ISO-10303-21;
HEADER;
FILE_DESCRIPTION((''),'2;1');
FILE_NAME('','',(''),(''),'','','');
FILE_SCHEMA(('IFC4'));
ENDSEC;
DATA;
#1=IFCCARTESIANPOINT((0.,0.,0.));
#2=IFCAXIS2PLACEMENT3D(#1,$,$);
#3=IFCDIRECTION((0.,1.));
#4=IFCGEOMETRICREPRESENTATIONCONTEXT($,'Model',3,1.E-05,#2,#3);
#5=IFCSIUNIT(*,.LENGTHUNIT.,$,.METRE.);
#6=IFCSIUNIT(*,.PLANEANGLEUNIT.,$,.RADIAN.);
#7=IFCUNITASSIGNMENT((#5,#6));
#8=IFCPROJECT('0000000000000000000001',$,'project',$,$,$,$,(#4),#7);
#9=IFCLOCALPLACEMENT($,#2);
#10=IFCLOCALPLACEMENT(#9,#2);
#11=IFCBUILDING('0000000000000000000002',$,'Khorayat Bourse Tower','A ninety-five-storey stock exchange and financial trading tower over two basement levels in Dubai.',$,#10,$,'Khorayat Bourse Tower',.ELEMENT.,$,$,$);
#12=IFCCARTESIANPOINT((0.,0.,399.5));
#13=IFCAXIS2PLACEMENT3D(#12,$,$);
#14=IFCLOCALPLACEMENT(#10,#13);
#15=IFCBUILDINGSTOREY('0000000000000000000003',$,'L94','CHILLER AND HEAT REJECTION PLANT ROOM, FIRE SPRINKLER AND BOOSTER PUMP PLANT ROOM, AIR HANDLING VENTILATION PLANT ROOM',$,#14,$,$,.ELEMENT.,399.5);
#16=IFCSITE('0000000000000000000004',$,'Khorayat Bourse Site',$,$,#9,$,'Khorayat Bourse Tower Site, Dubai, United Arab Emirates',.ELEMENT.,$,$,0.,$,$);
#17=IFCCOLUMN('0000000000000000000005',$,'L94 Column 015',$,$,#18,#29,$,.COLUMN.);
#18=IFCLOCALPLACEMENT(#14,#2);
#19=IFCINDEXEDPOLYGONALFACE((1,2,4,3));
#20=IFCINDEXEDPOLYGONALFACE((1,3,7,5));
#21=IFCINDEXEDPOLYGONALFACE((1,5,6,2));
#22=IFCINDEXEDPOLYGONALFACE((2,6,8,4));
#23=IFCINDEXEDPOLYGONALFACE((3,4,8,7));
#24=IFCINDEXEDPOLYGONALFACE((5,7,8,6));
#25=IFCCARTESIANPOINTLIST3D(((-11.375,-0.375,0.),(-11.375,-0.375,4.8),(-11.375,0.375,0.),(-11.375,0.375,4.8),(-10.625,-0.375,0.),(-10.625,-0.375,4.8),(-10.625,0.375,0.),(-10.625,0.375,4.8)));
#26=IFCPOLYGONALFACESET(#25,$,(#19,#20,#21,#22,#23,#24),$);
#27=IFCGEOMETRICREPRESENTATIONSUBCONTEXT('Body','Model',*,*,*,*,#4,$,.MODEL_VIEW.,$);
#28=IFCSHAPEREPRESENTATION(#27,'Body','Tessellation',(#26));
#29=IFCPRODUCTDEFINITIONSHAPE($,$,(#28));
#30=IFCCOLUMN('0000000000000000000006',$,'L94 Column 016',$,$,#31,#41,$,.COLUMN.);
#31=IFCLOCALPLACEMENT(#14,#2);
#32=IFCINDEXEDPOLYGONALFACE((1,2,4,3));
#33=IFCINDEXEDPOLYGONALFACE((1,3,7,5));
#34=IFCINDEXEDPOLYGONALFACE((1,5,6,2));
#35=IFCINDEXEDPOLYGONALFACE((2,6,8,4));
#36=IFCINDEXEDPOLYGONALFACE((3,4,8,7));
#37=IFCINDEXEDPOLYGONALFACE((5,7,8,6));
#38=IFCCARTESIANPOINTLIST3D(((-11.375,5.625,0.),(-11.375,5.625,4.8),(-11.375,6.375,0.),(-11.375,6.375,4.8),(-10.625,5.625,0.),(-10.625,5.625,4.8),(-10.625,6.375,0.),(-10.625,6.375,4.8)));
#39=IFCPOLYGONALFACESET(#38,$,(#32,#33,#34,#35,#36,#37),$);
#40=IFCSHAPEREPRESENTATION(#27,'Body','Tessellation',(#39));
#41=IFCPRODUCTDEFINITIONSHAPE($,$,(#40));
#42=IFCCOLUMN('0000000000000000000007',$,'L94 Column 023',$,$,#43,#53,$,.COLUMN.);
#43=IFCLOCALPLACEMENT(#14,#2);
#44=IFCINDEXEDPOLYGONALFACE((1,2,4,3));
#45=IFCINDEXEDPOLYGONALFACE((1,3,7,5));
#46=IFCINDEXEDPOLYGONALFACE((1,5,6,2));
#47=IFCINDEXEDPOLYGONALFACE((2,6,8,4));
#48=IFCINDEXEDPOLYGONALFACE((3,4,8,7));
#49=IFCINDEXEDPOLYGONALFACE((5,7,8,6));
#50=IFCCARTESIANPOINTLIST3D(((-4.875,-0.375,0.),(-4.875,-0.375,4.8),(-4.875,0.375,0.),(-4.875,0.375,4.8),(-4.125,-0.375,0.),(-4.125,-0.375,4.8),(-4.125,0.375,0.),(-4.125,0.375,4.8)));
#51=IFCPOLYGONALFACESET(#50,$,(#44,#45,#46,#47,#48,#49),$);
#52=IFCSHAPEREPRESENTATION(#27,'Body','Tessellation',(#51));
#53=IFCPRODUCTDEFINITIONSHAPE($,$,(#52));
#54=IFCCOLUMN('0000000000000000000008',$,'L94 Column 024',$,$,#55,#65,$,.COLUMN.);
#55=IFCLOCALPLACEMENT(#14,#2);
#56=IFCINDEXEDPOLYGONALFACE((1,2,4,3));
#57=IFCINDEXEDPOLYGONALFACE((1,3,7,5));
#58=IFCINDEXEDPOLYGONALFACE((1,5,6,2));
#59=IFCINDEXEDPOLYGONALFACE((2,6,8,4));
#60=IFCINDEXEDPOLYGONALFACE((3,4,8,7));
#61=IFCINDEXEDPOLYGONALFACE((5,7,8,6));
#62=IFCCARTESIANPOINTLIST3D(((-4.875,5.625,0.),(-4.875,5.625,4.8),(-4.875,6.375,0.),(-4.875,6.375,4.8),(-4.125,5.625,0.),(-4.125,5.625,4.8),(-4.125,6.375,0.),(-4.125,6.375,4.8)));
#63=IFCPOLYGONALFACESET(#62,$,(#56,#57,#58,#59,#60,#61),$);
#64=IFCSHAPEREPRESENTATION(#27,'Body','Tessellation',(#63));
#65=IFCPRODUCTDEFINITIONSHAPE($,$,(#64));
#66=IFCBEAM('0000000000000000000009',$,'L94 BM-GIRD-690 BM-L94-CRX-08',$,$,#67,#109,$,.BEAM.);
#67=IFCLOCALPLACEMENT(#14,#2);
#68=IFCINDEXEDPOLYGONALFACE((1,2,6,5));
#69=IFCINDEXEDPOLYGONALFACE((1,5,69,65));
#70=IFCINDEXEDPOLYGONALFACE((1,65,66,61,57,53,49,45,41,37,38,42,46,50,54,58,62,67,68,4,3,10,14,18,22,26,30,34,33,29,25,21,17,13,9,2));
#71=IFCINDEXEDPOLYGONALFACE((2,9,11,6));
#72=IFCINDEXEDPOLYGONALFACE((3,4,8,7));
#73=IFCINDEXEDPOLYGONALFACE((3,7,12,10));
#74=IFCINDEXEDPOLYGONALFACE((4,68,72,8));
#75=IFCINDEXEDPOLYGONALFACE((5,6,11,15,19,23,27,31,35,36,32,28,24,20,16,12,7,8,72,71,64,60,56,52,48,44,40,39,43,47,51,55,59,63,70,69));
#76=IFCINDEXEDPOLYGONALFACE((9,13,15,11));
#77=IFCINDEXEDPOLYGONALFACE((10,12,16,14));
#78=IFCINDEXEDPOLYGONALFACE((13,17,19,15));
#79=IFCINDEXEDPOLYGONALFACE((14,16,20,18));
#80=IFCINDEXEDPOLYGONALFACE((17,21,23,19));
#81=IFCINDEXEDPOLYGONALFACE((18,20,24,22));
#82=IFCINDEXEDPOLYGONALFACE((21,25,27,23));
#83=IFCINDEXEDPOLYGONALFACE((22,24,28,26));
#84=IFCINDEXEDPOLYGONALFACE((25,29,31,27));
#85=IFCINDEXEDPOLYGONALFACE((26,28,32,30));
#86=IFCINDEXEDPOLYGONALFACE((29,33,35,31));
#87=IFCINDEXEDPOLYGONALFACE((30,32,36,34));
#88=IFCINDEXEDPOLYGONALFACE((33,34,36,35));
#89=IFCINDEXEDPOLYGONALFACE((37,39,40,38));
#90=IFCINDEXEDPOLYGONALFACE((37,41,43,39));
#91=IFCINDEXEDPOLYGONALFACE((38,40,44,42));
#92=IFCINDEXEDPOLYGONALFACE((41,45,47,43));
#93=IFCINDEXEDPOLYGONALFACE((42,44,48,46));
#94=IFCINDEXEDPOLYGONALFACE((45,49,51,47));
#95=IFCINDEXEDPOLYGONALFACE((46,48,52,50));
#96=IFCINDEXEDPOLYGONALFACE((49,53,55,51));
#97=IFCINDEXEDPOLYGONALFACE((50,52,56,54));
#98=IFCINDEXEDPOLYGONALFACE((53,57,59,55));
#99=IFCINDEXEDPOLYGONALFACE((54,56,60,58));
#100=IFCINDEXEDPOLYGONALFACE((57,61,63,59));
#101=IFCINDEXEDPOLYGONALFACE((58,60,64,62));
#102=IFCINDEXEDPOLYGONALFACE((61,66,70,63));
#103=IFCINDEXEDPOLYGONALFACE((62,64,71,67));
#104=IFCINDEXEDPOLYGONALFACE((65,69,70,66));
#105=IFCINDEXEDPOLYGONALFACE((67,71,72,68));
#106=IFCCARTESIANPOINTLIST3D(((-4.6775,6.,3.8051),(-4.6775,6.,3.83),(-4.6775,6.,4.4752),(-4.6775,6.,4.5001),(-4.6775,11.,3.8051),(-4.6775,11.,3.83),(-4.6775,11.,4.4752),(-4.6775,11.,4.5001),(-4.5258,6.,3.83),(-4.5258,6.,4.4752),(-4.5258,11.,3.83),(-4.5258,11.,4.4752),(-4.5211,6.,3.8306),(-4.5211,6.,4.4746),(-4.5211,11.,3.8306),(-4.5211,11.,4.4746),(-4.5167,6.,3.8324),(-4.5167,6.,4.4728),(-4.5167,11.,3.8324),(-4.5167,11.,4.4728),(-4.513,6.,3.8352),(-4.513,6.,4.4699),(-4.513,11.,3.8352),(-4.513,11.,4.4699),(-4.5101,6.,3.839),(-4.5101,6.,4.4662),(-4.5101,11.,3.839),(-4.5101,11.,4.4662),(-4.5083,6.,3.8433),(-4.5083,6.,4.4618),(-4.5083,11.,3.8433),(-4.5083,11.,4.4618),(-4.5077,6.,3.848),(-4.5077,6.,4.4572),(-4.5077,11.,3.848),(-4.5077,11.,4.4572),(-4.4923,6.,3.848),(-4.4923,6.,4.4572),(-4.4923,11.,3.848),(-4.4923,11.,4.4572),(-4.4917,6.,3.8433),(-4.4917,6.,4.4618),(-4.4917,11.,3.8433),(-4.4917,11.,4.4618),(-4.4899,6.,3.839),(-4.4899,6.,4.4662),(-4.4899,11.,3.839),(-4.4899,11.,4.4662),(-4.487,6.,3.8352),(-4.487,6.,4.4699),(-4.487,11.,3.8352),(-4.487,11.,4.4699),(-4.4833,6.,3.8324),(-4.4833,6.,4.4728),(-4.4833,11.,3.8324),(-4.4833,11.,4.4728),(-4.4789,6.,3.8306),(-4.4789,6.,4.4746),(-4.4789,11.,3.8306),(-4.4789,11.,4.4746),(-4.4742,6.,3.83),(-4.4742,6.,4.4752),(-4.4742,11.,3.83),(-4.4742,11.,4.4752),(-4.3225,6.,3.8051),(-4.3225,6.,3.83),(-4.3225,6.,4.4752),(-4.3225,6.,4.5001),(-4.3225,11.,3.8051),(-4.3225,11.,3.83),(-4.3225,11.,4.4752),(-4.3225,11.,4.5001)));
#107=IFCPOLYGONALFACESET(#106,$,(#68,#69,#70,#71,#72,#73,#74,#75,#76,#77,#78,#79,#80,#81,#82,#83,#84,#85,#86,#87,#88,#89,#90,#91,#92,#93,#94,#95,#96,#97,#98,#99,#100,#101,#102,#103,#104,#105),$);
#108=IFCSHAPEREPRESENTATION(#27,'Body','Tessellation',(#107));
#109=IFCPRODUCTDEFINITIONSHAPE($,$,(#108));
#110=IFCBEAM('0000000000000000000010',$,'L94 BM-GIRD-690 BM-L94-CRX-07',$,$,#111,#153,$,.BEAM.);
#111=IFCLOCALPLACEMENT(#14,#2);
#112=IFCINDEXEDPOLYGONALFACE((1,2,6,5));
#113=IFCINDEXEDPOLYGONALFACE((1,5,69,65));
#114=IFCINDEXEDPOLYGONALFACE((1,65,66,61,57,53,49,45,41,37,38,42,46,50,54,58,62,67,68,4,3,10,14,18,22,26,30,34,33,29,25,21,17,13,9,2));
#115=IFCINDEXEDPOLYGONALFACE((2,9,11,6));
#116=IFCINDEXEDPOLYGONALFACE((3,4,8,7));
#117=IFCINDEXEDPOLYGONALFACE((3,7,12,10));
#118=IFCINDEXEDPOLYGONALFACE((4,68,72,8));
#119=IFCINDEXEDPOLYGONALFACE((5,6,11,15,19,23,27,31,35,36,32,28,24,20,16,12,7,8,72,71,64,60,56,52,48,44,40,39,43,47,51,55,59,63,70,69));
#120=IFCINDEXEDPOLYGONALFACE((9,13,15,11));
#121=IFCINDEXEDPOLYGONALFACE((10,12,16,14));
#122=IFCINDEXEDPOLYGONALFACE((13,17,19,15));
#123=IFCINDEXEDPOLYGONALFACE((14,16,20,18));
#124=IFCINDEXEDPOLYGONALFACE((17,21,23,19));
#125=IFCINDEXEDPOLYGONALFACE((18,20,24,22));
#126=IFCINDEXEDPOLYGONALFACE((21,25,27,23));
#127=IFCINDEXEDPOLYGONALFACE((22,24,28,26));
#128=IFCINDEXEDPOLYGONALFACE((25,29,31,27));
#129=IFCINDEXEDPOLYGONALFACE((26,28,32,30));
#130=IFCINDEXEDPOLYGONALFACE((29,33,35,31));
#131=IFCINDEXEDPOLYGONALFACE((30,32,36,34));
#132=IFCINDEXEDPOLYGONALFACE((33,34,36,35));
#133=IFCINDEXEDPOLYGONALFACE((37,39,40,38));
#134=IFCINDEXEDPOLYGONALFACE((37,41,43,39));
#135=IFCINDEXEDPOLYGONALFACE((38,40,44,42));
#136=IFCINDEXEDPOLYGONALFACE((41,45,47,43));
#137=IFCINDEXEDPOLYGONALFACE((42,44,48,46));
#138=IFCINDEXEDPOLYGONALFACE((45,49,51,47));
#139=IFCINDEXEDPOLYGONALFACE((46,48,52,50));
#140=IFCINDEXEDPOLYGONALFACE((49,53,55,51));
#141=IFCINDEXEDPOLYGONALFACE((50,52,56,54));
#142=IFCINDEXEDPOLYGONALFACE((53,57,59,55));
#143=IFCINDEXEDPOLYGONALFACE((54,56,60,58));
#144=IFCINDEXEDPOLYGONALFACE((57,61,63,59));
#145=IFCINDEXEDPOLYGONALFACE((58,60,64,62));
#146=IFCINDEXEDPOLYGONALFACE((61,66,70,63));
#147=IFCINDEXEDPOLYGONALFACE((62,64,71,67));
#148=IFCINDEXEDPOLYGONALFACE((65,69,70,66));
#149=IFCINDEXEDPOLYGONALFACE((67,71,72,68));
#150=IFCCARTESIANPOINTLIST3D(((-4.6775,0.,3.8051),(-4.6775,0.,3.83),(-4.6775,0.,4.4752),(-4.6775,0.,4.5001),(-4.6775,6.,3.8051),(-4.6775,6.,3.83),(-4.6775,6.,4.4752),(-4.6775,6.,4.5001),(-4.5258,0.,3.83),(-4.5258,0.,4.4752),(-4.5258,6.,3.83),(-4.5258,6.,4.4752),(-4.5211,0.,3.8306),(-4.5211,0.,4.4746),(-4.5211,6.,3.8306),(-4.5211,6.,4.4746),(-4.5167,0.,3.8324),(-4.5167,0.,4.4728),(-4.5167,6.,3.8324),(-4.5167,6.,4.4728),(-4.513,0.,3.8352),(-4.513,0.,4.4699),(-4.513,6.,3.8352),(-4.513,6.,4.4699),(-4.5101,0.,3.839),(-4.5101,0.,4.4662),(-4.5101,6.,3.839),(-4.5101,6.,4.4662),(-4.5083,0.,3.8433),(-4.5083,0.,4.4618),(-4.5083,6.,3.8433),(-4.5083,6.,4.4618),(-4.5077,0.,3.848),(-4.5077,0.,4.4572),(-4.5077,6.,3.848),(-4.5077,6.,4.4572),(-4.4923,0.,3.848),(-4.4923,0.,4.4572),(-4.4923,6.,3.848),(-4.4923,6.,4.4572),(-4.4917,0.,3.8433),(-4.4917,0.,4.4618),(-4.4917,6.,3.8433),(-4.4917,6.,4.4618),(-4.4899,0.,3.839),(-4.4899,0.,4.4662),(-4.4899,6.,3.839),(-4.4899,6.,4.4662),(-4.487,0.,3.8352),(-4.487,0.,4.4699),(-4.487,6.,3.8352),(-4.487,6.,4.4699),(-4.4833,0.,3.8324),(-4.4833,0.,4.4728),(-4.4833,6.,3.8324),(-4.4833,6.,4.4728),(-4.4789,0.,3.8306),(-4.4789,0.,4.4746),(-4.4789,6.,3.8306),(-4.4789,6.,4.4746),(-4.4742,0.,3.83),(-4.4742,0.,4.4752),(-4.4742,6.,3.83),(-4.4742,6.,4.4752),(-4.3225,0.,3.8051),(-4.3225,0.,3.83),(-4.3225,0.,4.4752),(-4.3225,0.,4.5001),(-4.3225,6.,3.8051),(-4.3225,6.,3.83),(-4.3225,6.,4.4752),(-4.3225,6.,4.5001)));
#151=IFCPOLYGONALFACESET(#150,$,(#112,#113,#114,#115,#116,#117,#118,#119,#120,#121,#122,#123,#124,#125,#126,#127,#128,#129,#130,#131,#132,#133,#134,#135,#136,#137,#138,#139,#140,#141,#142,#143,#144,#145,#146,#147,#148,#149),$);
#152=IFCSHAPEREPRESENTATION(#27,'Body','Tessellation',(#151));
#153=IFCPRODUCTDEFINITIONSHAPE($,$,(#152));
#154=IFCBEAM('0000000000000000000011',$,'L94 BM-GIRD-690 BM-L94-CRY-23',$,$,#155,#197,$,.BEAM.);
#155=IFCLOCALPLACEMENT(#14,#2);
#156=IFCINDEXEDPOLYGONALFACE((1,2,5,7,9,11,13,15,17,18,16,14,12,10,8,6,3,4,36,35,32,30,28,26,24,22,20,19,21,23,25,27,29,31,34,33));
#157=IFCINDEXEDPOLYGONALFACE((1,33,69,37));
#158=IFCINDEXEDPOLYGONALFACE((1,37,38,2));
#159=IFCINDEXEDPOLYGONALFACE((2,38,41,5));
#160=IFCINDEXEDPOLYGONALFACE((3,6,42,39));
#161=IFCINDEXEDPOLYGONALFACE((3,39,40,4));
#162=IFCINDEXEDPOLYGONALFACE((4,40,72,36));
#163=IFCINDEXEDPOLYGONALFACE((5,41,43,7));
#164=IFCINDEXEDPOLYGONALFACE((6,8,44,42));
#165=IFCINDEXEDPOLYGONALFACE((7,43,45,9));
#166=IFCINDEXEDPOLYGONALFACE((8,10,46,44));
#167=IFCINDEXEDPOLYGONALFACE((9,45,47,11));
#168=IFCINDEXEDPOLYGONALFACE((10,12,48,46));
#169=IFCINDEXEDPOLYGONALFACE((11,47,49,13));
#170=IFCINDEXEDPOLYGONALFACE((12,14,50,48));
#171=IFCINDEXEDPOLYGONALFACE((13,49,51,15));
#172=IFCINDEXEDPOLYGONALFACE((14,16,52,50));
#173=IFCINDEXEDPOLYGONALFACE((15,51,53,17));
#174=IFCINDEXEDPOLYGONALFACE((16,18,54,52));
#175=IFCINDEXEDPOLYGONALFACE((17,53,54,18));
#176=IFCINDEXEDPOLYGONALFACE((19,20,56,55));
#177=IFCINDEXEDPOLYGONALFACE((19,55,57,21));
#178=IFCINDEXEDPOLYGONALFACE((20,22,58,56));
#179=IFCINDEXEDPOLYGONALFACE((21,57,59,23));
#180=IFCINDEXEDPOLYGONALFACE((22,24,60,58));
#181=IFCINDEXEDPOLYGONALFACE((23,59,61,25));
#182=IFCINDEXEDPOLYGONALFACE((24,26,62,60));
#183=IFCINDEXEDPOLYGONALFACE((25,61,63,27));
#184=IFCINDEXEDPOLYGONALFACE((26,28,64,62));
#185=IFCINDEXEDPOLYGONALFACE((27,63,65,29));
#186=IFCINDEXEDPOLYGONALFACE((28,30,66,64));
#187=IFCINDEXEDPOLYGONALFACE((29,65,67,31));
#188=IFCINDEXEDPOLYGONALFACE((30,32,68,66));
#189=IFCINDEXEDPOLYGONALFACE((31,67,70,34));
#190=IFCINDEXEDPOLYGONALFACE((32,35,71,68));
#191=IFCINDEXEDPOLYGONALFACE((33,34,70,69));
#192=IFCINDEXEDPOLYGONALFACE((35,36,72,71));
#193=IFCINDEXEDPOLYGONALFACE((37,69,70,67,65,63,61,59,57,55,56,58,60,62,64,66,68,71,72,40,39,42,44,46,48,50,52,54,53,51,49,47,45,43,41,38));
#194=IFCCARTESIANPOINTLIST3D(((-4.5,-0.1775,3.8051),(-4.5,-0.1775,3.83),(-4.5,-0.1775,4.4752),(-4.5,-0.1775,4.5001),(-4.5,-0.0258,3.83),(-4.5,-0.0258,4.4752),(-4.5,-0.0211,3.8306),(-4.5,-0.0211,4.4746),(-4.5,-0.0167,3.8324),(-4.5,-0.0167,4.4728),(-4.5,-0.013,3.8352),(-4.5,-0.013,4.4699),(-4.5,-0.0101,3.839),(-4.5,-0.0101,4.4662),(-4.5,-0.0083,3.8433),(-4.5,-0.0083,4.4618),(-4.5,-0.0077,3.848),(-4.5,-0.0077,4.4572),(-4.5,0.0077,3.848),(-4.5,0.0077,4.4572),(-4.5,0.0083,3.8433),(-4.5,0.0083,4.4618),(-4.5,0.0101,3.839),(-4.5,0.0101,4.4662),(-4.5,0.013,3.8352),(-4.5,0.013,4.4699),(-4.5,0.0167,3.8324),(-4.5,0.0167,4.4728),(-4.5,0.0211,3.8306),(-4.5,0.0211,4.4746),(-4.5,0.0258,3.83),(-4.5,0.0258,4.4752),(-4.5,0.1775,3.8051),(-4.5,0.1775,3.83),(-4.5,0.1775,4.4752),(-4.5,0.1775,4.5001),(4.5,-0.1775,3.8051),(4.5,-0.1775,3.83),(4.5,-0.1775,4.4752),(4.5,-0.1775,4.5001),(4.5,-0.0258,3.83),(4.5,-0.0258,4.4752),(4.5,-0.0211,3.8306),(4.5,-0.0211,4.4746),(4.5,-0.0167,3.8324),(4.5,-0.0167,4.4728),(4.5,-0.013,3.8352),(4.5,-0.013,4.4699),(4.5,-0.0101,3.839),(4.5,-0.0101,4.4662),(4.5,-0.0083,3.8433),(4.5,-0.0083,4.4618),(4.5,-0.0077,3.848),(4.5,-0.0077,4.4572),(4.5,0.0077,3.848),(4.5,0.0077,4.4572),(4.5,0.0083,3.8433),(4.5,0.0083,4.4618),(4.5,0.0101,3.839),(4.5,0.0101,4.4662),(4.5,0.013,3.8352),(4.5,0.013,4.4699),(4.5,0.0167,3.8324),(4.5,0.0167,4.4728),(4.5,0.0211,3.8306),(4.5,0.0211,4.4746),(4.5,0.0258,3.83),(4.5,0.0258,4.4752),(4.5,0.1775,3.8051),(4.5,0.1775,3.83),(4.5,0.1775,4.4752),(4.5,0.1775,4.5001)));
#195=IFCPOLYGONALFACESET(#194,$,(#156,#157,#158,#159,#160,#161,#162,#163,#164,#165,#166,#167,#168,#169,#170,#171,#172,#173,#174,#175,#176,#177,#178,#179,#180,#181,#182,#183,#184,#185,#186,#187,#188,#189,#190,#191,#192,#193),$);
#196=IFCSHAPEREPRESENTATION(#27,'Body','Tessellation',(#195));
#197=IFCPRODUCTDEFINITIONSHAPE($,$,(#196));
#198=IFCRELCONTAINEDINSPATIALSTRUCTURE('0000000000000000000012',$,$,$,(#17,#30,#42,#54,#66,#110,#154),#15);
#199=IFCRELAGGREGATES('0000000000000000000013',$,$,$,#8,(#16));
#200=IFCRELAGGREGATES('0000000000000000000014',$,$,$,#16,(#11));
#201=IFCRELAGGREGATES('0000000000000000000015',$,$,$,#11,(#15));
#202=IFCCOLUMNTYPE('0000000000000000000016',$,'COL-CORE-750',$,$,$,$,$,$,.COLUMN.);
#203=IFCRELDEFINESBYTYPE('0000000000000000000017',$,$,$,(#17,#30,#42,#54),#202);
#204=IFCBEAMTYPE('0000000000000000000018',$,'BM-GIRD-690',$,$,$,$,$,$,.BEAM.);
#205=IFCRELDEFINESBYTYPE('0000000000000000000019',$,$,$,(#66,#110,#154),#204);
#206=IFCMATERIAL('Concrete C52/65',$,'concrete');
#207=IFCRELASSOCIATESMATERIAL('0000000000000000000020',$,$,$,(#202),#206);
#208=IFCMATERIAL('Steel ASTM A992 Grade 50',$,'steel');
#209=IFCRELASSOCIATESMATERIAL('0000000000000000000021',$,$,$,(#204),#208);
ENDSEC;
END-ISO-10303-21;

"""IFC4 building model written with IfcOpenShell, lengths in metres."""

from ifc_helpers import new_model, si_unit, direction, frame, origin, origin_2d, place, context, subcontext, project, spatial, rectangle, i_section, extrude, source, transform, mapped, material, material_profile, profile_set, type_object, element, save


model = new_model("IFC4")

# Units and contexts
model_context = context("Model", 3, precision=1e-05, world=origin(), true_north=direction((0.0, 1.0)))
body_context = subcontext(model_context, "Body", "Model", "MODEL_VIEW")
ifc_project = project(units=[si_unit("LENGTHUNIT", "METRE"), si_unit("PLANEANGLEUNIT", "RADIAN")], contexts=[model_context])

# Site, building, storey
site_placement = place(None, origin())
site = spatial("IfcSite", under=ifc_project, at=site_placement, Name="Khorayat Bourse Site", LongName="Khorayat Bourse Tower Site, Dubai, United Arab Emirates", CompositionType="ELEMENT", RefElevation=0.0)
building_placement = place(site_placement, origin())
building = spatial("IfcBuilding", under=site, at=building_placement, Name="Khorayat Bourse Tower", Description="A ninety-five-storey stock exchange and financial trading tower over two basement levels in Dubai.", LongName="Khorayat Bourse Tower", CompositionType="ELEMENT")
storey_placement = place(building_placement, frame((0.0, 0.0, 399.5)))
storey = spatial("IfcBuildingStorey", under=building, at=storey_placement, Name="L94", Description="CHILLER AND HEAT REJECTION PLANT ROOM, FIRE SPRINKLER AND BOOSTER PUMP PLANT ROOM, AIR HANDLING VENTILATION PLANT ROOM", CompositionType="ELEMENT", Elevation=399.5)

# Columns
ifc_material_1 = material(Name="Concrete C52/65", Category="concrete")
ifc_material_profile_1 = material_profile(ifc_material_1, rectangle(XDim=0.75, YDim=0.75, at=origin_2d()), Name="RC 750x750")
ifc_profile_set_1 = profile_set([ifc_material_profile_1], Name="Concrete C52/65")
column_type = type_object("IfcColumnType", Name="COL-CORE-750", PredefinedType="COLUMN", material=ifc_profile_set_1)
shared_shape_1 = source(origin(), body_context, "Body", "SweptSolid", [
    extrude(rectangle(XDim=0.75, YDim=0.75, at=origin_2d()), origin(), (0.0, 0.0, 1.0), 4.8),
])
for number, where, z_axis, x_axis, name in (
    (1, (-11.0, 0.0, 0.0), (0.0, 0.0, 1.0), (1.0, 0.0, 0.0), "L94 Column 015"),
    (2, (-11.0, 6.0, 0.0), (0.0, 0.0, 1.0), (1.0, 0.0, 0.0), "L94 Column 016"),
    (3, (-4.5, 0.0, 0.0), (0.0, 0.0, 1.0), (1.0, 0.0, 0.0), "L94 Column 023"),
    (4, (-4.5, 6.0, 0.0), (0.0, 0.0, 1.0), (1.0, 0.0, 0.0), "L94 Column 024"),
):
    element("IfcColumn", number, at=place(storey_placement, frame(where, z_axis=z_axis, x_axis=x_axis)), inside=storey, type_object=column_type, Name=name, PredefinedType="COLUMN", context=body_context, shape_type="MappedRepresentation", body=[
        mapped(shared_shape_1, transform((0.0, 0.0, 0.0), scale=1.0)),
    ])

# Beams
ifc_material_2 = material(Name="Steel ASTM A992 Grade 50", Category="steel")
ifc_material_profile_2 = material_profile(ifc_material_2, i_section(OverallWidth=0.355, OverallDepth=0.6951, WebThickness=0.0154, FlangeThickness=0.0249, FilletRadius=0.0181, at=origin_2d()), Name="W690X217")
ifc_profile_set_2 = profile_set([ifc_material_profile_2], Name="Steel ASTM A992 Grade 50")
beam_type_1 = type_object("IfcBeamType", Name="BM-GIRD-690", PredefinedType="BEAM", material=ifc_profile_set_2)
shared_shape_2 = source(origin(), body_context, "Body", "SweptSolid", [
    extrude(i_section(OverallWidth=0.355, OverallDepth=0.6951, WebThickness=0.0154, FlangeThickness=0.0249, FilletRadius=0.0181, at=origin_2d()), origin(), (0.0, 0.0, 1.0), 5.0),
])
beam_1_placement = place(storey_placement, frame((-4.5, 6.0, 4.1526), z_axis=(0.0, 1.0, 0.0), x_axis=(-1.0, 0.0, 0.0)))
element("IfcBeam", 5, at=beam_1_placement, inside=storey, type_object=beam_type_1, Name="L94 BM-GIRD-690 BM-L94-CRX-08", PredefinedType="BEAM", context=body_context, shape_type="MappedRepresentation", body=[
    mapped(shared_shape_2, transform((0.0, 0.0, 0.0), scale=1.0)),
])
shared_shape_3 = source(origin(), body_context, "Body", "SweptSolid", [
    extrude(i_section(OverallWidth=0.355, OverallDepth=0.6951, WebThickness=0.0154, FlangeThickness=0.0249, FilletRadius=0.0181, at=origin_2d()), origin(), (0.0, 0.0, 1.0), 6.0),
])
beam_2_placement = place(storey_placement, frame((-4.5, 0.0, 4.1526), z_axis=(0.0, 1.0, 0.0), x_axis=(-1.0, 0.0, 0.0)))
element("IfcBeam", 6, at=beam_2_placement, inside=storey, type_object=beam_type_1, Name="L94 BM-GIRD-690 BM-L94-CRX-07", PredefinedType="BEAM", context=body_context, shape_type="MappedRepresentation", body=[
    mapped(shared_shape_3, transform((0.0, 0.0, 0.0), scale=1.0)),
])
shared_shape_4 = source(origin(), body_context, "Body", "SweptSolid", [
    extrude(i_section(OverallWidth=0.355, OverallDepth=0.6951, WebThickness=0.0154, FlangeThickness=0.0249, FilletRadius=0.0181, at=origin_2d()), origin(), (0.0, 0.0, 1.0), 9.0),
])
beam_3_placement = place(storey_placement, frame((-4.5, 0.0, 4.1526), z_axis=(1.0, 0.0, 0.0), x_axis=(0.0, 1.0, 0.0)))
element("IfcBeam", 7, at=beam_3_placement, inside=storey, type_object=beam_type_1, Name="L94 BM-GIRD-690 BM-L94-CRY-23", PredefinedType="BEAM", context=body_context, shape_type="MappedRepresentation", body=[
    mapped(shared_shape_4, transform((0.0, 0.0, 0.0), scale=1.0)),
])

save(model, "model.ifc")
